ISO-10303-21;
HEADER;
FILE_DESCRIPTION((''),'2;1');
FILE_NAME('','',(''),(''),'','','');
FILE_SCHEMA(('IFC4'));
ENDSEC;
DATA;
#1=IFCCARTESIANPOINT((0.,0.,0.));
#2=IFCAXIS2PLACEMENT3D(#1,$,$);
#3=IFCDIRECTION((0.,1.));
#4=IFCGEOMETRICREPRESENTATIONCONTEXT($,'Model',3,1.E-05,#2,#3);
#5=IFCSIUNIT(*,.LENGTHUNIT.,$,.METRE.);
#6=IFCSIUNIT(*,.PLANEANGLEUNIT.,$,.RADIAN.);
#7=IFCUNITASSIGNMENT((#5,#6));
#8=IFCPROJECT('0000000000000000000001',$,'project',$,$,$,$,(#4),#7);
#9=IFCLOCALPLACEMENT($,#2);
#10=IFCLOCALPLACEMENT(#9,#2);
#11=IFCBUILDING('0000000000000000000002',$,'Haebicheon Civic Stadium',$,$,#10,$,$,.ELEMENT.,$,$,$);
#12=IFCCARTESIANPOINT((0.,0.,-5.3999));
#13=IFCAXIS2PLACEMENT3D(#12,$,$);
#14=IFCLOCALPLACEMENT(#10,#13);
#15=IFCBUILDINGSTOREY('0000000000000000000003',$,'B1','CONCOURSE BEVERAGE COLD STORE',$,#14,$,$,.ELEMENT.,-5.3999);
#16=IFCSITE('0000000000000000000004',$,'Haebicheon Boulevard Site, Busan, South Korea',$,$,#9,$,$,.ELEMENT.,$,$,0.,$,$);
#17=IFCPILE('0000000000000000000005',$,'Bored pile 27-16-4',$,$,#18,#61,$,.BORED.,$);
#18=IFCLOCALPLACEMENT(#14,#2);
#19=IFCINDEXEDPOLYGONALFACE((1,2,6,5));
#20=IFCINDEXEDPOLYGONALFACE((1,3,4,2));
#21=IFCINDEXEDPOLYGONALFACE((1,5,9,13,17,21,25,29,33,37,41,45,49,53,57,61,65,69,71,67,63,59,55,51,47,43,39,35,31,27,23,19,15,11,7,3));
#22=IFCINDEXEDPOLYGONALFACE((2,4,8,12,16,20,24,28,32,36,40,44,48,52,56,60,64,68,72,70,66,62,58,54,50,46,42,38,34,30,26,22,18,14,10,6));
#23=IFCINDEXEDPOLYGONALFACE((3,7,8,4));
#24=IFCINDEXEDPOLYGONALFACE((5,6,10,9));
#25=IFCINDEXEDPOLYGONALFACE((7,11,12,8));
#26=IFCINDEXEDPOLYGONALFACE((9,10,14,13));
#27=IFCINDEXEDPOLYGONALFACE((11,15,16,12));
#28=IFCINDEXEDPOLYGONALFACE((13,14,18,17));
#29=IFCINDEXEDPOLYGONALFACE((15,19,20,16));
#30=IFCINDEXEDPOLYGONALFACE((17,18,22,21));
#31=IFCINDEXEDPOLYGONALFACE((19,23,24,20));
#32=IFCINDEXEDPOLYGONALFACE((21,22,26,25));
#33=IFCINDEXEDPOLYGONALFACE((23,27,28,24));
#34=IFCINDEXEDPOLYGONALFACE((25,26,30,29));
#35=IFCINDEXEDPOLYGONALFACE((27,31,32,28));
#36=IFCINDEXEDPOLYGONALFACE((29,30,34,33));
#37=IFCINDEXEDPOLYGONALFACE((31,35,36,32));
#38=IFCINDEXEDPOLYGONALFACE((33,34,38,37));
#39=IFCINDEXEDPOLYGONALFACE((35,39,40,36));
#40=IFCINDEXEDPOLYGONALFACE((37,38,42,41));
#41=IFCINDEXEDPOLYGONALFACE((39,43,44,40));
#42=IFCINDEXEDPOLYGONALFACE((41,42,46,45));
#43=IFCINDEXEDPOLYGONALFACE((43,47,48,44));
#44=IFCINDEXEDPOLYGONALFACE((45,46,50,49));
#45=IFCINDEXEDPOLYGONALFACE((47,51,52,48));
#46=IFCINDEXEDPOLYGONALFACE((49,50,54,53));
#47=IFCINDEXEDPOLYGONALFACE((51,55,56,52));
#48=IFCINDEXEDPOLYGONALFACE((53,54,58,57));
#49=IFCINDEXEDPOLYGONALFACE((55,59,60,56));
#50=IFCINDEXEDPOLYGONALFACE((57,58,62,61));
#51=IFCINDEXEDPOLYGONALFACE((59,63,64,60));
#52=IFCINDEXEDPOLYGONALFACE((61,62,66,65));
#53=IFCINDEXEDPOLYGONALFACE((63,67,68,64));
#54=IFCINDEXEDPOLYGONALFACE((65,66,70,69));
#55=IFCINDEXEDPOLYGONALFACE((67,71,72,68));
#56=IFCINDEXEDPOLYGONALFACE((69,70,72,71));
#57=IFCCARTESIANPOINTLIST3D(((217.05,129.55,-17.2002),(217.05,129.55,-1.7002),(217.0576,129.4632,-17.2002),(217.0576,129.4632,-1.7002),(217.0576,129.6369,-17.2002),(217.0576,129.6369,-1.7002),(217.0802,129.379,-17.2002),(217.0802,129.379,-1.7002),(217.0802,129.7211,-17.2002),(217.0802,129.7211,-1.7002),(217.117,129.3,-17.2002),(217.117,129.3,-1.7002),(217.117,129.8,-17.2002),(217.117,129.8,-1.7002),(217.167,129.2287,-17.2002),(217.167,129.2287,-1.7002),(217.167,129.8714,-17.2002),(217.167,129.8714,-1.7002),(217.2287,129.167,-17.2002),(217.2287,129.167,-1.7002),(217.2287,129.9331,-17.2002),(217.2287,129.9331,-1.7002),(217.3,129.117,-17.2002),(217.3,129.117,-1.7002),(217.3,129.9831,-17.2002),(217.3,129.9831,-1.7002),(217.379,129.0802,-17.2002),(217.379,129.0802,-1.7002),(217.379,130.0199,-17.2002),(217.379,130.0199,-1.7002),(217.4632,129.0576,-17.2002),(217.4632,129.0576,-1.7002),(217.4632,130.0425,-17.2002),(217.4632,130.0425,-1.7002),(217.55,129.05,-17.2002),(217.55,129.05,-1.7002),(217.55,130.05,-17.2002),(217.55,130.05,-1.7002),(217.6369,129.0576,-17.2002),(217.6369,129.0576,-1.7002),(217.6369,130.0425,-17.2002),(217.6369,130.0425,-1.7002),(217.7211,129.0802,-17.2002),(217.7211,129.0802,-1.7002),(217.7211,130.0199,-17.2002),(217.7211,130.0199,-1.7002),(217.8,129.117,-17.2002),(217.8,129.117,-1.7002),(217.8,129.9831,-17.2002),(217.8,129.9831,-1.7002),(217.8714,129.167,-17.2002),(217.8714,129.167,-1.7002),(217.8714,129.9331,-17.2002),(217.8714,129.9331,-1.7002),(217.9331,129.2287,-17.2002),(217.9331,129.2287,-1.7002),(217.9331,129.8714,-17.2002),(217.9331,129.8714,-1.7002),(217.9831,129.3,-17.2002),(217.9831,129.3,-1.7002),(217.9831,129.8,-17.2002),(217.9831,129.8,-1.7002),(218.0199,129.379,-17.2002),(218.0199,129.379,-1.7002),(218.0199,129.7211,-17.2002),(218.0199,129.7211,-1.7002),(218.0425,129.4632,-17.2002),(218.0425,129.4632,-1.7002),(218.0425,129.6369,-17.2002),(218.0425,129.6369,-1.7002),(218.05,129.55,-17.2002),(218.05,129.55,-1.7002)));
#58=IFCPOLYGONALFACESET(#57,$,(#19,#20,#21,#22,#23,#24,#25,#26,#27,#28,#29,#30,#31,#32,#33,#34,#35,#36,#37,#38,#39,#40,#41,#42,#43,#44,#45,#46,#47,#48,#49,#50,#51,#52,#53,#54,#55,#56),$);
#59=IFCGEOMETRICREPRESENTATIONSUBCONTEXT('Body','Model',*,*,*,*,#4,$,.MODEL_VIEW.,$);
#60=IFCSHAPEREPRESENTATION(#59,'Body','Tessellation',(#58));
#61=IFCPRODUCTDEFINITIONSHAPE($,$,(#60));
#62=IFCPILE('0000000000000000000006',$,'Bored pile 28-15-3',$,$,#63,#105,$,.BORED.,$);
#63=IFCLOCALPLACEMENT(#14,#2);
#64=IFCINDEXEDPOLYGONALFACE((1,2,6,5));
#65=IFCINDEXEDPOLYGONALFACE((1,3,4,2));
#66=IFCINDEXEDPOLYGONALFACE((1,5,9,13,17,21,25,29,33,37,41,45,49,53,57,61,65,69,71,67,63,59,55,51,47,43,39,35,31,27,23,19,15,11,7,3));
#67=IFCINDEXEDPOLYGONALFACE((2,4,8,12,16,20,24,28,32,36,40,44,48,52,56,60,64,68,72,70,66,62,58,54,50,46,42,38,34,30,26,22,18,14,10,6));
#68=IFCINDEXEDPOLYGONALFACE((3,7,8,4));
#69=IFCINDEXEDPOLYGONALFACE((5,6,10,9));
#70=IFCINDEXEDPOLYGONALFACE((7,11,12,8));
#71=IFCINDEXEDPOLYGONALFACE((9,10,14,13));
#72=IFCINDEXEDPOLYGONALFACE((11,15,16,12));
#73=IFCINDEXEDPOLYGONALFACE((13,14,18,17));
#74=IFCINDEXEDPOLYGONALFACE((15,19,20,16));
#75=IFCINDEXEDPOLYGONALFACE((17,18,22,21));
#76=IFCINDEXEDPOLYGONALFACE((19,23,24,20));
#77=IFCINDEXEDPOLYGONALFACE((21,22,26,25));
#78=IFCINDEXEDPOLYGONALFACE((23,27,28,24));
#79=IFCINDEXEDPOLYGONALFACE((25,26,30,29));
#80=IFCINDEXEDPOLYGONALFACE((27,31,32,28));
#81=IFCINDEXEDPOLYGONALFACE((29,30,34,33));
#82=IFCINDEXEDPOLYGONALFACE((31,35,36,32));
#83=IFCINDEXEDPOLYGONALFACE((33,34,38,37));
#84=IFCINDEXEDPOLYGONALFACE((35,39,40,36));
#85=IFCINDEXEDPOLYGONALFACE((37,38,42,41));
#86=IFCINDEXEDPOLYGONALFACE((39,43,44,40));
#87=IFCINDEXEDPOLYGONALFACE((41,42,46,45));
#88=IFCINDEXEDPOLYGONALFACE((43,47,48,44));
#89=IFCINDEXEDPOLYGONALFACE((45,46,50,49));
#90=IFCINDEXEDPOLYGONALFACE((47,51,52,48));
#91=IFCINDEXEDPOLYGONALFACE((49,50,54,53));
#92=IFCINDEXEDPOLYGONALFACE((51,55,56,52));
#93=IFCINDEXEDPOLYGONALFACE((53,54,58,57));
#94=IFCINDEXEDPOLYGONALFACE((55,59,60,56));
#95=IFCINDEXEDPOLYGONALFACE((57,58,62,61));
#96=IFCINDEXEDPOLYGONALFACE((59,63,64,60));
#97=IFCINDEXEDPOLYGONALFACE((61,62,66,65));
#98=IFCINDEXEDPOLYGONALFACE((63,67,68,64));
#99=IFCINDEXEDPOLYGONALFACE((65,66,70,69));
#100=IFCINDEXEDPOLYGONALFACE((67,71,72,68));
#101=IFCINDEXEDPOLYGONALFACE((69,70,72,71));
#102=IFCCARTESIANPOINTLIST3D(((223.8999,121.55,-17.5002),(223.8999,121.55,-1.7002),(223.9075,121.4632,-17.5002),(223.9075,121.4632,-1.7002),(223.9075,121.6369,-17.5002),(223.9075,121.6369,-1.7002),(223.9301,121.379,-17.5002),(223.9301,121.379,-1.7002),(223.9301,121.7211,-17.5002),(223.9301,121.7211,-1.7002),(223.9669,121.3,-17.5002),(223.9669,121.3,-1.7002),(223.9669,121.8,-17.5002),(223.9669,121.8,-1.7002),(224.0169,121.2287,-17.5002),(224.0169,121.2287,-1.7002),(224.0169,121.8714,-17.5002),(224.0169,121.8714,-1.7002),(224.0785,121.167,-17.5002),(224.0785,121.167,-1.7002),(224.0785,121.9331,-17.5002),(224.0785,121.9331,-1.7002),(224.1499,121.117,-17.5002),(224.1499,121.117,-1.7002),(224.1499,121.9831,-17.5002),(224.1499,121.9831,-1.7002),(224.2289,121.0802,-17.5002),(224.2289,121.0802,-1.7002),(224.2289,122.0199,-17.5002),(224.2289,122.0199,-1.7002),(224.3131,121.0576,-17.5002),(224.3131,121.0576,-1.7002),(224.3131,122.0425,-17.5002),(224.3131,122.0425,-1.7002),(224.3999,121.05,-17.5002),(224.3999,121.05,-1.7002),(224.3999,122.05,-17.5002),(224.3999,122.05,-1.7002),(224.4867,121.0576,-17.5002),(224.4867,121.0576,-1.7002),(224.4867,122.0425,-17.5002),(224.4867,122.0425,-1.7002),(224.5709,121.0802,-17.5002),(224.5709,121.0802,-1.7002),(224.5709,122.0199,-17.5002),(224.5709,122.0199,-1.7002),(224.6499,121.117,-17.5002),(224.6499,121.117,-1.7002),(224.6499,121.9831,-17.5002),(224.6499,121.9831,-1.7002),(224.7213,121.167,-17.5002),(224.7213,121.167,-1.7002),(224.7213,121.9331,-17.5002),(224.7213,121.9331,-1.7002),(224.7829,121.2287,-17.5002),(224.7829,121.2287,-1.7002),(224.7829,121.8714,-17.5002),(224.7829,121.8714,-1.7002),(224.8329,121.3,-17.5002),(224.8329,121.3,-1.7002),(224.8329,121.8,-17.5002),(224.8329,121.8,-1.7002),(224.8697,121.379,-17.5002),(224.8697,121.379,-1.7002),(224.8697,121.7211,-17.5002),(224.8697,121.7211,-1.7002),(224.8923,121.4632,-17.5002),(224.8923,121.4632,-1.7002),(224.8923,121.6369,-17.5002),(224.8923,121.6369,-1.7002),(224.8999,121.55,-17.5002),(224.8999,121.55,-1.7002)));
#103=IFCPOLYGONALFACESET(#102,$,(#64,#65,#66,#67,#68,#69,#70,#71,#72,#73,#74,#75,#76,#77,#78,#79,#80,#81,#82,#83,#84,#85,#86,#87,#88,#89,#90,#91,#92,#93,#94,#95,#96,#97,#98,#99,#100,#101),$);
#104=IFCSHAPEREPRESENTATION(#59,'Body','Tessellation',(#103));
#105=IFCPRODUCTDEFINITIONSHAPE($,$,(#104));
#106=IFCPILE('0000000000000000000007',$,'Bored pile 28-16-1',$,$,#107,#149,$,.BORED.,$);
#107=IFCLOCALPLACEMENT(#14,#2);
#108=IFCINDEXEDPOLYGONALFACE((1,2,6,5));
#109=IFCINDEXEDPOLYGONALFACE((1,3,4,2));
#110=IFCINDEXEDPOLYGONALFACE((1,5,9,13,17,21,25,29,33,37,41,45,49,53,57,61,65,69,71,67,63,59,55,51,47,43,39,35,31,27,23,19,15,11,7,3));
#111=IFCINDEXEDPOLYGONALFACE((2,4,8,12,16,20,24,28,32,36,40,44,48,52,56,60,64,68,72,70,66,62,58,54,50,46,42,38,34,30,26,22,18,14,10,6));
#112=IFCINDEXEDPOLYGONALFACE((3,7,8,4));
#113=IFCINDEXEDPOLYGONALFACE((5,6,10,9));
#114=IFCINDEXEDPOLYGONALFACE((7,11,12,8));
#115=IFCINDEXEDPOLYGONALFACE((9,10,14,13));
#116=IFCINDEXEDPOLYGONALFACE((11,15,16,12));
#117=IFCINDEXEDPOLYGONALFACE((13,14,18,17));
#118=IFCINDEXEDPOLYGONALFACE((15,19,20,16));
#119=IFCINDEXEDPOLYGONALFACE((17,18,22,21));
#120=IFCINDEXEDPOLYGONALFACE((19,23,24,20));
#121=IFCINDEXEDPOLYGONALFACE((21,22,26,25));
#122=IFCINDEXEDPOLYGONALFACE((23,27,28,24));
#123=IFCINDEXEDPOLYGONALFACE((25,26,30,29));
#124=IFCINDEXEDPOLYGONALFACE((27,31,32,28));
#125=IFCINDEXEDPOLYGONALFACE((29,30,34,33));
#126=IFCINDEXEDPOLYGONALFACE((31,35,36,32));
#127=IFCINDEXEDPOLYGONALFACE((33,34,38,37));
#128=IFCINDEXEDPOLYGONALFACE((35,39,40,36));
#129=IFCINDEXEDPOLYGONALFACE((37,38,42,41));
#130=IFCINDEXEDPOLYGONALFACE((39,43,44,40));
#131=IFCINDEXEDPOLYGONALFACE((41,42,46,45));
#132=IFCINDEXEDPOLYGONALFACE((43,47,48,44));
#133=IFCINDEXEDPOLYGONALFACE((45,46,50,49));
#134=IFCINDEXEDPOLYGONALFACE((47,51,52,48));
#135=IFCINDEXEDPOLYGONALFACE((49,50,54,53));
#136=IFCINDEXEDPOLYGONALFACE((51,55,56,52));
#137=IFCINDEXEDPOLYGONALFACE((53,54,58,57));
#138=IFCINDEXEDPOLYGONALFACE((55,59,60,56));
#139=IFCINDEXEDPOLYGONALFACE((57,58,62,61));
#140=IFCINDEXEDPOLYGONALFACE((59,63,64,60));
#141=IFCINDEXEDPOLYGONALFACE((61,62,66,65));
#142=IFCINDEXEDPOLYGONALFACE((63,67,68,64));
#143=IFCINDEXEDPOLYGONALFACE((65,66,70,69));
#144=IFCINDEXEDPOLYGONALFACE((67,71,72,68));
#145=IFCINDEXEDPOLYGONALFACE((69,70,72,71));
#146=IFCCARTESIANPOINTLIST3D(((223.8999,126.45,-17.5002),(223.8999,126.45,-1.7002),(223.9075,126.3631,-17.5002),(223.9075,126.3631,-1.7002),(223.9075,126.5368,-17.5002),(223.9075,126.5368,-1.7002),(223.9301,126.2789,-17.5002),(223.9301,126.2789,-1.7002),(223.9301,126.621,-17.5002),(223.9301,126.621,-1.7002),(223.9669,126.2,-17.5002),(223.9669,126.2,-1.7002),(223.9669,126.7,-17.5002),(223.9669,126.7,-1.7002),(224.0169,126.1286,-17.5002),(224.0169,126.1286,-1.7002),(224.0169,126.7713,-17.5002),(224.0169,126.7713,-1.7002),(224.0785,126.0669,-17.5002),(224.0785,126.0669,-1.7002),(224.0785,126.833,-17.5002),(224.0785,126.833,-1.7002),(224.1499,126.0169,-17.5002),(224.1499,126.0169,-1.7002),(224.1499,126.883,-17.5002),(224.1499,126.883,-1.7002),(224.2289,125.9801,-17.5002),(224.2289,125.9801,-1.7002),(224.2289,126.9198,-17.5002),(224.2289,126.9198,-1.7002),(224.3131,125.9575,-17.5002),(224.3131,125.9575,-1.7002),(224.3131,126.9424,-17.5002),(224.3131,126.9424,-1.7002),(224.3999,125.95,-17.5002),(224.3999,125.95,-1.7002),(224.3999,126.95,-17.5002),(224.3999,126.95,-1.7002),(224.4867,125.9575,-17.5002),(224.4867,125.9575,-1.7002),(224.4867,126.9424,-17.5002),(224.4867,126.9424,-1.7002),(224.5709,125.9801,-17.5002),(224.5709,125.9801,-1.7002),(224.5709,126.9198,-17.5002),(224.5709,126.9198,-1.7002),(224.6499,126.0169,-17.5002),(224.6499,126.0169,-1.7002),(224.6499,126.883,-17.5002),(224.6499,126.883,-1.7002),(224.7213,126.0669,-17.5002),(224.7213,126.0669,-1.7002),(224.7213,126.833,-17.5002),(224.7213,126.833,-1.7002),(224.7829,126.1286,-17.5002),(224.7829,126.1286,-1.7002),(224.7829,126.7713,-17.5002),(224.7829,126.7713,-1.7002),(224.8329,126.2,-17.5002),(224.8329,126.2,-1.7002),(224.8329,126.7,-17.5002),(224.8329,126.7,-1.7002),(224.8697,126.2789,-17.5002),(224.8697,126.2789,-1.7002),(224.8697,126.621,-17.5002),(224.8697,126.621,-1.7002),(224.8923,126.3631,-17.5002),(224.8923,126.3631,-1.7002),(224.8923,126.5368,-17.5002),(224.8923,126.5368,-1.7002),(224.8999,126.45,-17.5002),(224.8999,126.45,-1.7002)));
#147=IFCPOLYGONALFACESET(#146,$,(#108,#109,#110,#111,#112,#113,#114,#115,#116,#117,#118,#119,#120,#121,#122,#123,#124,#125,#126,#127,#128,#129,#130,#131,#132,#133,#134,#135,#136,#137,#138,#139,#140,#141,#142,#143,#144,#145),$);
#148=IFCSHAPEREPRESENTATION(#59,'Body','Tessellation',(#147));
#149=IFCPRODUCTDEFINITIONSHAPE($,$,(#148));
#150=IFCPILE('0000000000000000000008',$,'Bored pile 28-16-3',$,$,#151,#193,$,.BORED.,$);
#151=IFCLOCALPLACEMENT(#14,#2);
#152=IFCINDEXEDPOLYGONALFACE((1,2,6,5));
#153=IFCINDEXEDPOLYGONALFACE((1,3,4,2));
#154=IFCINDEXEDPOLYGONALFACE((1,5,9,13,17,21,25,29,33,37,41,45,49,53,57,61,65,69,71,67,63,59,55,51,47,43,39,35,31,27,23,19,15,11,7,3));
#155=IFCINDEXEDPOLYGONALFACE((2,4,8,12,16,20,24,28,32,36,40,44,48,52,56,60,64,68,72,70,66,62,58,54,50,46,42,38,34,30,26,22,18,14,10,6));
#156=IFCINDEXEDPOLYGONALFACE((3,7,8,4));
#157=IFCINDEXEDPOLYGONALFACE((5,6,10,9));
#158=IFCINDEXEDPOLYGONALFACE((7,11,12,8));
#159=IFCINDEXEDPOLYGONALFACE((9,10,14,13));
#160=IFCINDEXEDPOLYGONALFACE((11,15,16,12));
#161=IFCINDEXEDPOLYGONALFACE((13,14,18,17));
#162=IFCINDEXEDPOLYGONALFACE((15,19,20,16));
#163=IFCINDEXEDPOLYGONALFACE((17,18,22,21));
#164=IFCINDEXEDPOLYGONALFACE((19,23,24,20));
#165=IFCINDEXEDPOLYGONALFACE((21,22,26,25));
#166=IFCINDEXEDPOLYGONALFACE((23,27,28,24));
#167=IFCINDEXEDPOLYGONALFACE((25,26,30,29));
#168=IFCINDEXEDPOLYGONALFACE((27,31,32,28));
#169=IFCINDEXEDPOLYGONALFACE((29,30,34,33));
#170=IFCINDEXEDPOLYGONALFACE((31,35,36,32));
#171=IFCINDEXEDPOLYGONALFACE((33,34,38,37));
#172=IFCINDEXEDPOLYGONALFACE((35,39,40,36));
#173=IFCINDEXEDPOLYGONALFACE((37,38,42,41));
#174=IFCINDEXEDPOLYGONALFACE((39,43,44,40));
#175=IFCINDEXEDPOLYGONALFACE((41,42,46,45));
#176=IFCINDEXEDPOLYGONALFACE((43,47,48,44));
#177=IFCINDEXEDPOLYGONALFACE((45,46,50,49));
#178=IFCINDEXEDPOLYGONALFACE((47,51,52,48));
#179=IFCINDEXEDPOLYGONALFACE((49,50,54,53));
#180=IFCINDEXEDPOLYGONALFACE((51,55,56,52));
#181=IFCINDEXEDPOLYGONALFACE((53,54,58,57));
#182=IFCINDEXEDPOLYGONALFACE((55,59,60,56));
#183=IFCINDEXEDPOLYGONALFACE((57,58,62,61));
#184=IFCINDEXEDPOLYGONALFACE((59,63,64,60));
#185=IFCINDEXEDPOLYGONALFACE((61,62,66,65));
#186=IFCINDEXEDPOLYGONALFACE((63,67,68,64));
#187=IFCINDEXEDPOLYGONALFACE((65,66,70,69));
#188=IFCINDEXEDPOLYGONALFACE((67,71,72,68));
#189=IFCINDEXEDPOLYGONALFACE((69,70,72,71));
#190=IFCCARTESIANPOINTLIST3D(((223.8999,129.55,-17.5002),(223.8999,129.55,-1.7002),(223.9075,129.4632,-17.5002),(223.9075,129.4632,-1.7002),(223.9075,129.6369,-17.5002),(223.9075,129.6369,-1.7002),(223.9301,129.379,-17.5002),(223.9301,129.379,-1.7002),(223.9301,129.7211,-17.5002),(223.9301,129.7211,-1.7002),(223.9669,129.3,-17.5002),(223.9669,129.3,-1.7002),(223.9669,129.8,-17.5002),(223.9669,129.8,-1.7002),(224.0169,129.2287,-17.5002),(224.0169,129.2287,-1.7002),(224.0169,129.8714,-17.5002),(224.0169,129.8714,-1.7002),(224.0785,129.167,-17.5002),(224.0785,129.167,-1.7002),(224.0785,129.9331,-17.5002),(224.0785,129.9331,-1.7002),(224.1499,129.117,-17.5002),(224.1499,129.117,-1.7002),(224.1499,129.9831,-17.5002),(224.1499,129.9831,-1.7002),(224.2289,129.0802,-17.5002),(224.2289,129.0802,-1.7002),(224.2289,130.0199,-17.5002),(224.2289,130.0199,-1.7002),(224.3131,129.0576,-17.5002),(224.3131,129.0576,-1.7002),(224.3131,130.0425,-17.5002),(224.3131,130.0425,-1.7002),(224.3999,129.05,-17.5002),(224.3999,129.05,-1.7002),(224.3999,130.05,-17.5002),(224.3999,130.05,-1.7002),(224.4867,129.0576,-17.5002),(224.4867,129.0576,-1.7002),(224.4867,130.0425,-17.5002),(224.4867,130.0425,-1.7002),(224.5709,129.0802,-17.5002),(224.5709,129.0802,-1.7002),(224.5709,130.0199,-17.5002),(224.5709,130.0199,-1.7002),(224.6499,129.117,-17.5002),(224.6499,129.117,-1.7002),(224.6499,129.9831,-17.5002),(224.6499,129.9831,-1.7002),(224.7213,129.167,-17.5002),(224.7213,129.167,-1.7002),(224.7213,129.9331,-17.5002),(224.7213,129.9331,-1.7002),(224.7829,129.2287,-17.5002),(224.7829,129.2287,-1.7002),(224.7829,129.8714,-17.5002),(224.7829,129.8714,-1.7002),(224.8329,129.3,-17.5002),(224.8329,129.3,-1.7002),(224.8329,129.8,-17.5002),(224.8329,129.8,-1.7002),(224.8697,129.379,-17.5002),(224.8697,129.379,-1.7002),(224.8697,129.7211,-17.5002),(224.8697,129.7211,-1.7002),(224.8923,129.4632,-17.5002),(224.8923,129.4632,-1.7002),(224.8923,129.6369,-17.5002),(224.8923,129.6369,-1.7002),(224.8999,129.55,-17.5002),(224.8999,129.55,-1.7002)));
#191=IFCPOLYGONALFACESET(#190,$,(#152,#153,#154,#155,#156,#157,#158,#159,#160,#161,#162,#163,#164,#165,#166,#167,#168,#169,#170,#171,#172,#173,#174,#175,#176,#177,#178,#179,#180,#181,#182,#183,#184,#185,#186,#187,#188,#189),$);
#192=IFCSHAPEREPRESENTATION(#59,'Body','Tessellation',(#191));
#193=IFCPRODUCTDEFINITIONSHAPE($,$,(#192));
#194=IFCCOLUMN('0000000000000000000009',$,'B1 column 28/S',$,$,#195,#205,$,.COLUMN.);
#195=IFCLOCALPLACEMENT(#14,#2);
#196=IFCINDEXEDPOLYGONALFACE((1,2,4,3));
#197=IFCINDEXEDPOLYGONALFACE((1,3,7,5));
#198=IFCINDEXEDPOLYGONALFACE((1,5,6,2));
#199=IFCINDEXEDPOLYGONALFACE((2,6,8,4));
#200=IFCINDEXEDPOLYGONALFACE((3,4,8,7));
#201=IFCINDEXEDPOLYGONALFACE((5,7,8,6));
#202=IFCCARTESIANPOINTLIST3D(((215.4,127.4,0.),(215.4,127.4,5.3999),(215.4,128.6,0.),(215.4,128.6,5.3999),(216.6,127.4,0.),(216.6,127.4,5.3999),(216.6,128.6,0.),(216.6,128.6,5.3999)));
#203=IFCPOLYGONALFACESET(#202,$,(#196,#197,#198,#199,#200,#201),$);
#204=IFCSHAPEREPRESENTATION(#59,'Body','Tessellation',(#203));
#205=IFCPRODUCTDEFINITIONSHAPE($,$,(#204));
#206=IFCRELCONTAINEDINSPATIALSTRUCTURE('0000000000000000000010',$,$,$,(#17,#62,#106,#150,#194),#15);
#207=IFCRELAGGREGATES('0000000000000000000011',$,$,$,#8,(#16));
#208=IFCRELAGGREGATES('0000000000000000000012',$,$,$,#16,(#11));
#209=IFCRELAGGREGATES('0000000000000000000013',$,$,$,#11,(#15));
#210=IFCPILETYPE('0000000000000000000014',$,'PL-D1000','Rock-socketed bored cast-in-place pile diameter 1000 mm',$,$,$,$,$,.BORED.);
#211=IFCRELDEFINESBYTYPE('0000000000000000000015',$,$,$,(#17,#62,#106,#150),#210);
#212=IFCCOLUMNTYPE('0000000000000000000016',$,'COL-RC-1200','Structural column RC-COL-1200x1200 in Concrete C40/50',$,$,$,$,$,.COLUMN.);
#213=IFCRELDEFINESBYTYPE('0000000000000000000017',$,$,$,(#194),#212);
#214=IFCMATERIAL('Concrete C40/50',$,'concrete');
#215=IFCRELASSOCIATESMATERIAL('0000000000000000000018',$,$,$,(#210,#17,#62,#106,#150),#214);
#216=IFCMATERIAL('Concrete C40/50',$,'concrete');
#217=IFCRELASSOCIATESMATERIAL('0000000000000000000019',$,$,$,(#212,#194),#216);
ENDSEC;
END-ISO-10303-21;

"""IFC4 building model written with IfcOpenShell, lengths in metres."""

from ifc_helpers import new_model, si_unit, direction, frame, origin, origin_2d, place, context, subcontext, project, spatial, rectangle, circle, extrude, material, material_profile, profile_set, type_object, element, save


model = new_model("IFC4")

# Units and contexts
model_context = context("Model", 3, precision=1e-05, world=origin(), true_north=direction((0.0, 1.0)))
body_context = subcontext(model_context, "Body", "Model", "MODEL_VIEW")
ifc_project = project(units=[si_unit("LENGTHUNIT", "METRE"), si_unit("PLANEANGLEUNIT", "RADIAN")], contexts=[model_context])

# Site, building, storey
site_placement = place(None, origin())
site = spatial("IfcSite", under=ifc_project, at=site_placement, Name="Haebicheon Boulevard Site, Busan, South Korea", CompositionType="ELEMENT", RefElevation=0.0)
building_placement = place(site_placement, origin())
building = spatial("IfcBuilding", under=site, at=building_placement, Name="Haebicheon Civic Stadium", CompositionType="ELEMENT")
storey_placement = place(building_placement, frame((0.0, 0.0, -5.3999)))
storey = spatial("IfcBuildingStorey", under=building, at=storey_placement, Name="B1", Description="CONCOURSE BEVERAGE COLD STORE", CompositionType="ELEMENT", Elevation=-5.3999)

# Piles
ifc_material_1 = material(Name="Concrete C40/50", Category="concrete")
ifc_material_profile_1 = material_profile(ifc_material_1, circle(Radius=0.5, at=origin_2d()), Name="PILE-D1000")
ifc_profile_set_1 = profile_set([ifc_material_profile_1], Name="Concrete C40/50")
pile_type = type_object("IfcPileType", Name="PL-D1000", Description="Rock-socketed bored cast-in-place pile diameter 1000 mm", PredefinedType="BORED", material=ifc_profile_set_1)
for number, where, z_axis, x_axis, name in (
    (1, (217.55, 129.55, -1.7002), (0.0, 0.0, -1.0), (1.0, 0.0, 0.0), "Bored pile 27-16-4"),
):
    element("IfcPile", number, at=place(storey_placement, frame(where, z_axis=z_axis, x_axis=x_axis)), inside=storey, type_object=pile_type, material=ifc_profile_set_1, Name=name, PredefinedType="BORED", context=body_context, shape_type="SweptSolid", body=[
        extrude(circle(Radius=0.5, at=origin_2d()), origin(), (0.0, 0.0, 1.0), 15.5),
    ])
for number, where, z_axis, x_axis, name in (
    (2, (224.3999, 121.55, -1.7002), (0.0, 0.0, -1.0), (1.0, 0.0, 0.0), "Bored pile 28-15-3"),
    (3, (224.3999, 126.45, -1.7002), (0.0, 0.0, -1.0), (1.0, 0.0, 0.0), "Bored pile 28-16-1"),
    (4, (224.3999, 129.55, -1.7002), (0.0, 0.0, -1.0), (1.0, 0.0, 0.0), "Bored pile 28-16-3"),
):
    element("IfcPile", number, at=place(storey_placement, frame(where, z_axis=z_axis, x_axis=x_axis)), inside=storey, type_object=pile_type, material=ifc_profile_set_1, Name=name, PredefinedType="BORED", context=body_context, shape_type="SweptSolid", body=[
        extrude(circle(Radius=0.5, at=origin_2d()), origin(), (0.0, 0.0, 1.0), 15.8),
    ])

# Column
ifc_material_2 = material(Name="Concrete C40/50", Category="concrete")
ifc_material_profile_2 = material_profile(ifc_material_2, rectangle(XDim=1.2, YDim=1.2, at=origin_2d()), Name="RC-COL-1200x1200")
ifc_profile_set_2 = profile_set([ifc_material_profile_2], Name="Concrete C40/50")
column_type = type_object("IfcColumnType", Name="COL-RC-1200", Description="Structural column RC-COL-1200x1200 in Concrete C40/50", PredefinedType="COLUMN", material=ifc_profile_set_2)
for number, where, z_axis, x_axis, name in (
    (5, (216.0, 128.0, 0.0), (0.0, 0.0, 1.0), (1.0, 0.0, 0.0), "B1 column 28/S"),
):
    element("IfcColumn", number, at=place(storey_placement, frame(where, z_axis=z_axis, x_axis=x_axis)), inside=storey, type_object=column_type, material=ifc_profile_set_2, Name=name, PredefinedType="COLUMN", context=body_context, shape_type="SweptSolid", body=[
        extrude(rectangle(XDim=1.2, YDim=1.2, at=origin_2d()), origin(), (0.0, 0.0, 1.0), 5.3999),
    ])

save(model, "model.ifc")
